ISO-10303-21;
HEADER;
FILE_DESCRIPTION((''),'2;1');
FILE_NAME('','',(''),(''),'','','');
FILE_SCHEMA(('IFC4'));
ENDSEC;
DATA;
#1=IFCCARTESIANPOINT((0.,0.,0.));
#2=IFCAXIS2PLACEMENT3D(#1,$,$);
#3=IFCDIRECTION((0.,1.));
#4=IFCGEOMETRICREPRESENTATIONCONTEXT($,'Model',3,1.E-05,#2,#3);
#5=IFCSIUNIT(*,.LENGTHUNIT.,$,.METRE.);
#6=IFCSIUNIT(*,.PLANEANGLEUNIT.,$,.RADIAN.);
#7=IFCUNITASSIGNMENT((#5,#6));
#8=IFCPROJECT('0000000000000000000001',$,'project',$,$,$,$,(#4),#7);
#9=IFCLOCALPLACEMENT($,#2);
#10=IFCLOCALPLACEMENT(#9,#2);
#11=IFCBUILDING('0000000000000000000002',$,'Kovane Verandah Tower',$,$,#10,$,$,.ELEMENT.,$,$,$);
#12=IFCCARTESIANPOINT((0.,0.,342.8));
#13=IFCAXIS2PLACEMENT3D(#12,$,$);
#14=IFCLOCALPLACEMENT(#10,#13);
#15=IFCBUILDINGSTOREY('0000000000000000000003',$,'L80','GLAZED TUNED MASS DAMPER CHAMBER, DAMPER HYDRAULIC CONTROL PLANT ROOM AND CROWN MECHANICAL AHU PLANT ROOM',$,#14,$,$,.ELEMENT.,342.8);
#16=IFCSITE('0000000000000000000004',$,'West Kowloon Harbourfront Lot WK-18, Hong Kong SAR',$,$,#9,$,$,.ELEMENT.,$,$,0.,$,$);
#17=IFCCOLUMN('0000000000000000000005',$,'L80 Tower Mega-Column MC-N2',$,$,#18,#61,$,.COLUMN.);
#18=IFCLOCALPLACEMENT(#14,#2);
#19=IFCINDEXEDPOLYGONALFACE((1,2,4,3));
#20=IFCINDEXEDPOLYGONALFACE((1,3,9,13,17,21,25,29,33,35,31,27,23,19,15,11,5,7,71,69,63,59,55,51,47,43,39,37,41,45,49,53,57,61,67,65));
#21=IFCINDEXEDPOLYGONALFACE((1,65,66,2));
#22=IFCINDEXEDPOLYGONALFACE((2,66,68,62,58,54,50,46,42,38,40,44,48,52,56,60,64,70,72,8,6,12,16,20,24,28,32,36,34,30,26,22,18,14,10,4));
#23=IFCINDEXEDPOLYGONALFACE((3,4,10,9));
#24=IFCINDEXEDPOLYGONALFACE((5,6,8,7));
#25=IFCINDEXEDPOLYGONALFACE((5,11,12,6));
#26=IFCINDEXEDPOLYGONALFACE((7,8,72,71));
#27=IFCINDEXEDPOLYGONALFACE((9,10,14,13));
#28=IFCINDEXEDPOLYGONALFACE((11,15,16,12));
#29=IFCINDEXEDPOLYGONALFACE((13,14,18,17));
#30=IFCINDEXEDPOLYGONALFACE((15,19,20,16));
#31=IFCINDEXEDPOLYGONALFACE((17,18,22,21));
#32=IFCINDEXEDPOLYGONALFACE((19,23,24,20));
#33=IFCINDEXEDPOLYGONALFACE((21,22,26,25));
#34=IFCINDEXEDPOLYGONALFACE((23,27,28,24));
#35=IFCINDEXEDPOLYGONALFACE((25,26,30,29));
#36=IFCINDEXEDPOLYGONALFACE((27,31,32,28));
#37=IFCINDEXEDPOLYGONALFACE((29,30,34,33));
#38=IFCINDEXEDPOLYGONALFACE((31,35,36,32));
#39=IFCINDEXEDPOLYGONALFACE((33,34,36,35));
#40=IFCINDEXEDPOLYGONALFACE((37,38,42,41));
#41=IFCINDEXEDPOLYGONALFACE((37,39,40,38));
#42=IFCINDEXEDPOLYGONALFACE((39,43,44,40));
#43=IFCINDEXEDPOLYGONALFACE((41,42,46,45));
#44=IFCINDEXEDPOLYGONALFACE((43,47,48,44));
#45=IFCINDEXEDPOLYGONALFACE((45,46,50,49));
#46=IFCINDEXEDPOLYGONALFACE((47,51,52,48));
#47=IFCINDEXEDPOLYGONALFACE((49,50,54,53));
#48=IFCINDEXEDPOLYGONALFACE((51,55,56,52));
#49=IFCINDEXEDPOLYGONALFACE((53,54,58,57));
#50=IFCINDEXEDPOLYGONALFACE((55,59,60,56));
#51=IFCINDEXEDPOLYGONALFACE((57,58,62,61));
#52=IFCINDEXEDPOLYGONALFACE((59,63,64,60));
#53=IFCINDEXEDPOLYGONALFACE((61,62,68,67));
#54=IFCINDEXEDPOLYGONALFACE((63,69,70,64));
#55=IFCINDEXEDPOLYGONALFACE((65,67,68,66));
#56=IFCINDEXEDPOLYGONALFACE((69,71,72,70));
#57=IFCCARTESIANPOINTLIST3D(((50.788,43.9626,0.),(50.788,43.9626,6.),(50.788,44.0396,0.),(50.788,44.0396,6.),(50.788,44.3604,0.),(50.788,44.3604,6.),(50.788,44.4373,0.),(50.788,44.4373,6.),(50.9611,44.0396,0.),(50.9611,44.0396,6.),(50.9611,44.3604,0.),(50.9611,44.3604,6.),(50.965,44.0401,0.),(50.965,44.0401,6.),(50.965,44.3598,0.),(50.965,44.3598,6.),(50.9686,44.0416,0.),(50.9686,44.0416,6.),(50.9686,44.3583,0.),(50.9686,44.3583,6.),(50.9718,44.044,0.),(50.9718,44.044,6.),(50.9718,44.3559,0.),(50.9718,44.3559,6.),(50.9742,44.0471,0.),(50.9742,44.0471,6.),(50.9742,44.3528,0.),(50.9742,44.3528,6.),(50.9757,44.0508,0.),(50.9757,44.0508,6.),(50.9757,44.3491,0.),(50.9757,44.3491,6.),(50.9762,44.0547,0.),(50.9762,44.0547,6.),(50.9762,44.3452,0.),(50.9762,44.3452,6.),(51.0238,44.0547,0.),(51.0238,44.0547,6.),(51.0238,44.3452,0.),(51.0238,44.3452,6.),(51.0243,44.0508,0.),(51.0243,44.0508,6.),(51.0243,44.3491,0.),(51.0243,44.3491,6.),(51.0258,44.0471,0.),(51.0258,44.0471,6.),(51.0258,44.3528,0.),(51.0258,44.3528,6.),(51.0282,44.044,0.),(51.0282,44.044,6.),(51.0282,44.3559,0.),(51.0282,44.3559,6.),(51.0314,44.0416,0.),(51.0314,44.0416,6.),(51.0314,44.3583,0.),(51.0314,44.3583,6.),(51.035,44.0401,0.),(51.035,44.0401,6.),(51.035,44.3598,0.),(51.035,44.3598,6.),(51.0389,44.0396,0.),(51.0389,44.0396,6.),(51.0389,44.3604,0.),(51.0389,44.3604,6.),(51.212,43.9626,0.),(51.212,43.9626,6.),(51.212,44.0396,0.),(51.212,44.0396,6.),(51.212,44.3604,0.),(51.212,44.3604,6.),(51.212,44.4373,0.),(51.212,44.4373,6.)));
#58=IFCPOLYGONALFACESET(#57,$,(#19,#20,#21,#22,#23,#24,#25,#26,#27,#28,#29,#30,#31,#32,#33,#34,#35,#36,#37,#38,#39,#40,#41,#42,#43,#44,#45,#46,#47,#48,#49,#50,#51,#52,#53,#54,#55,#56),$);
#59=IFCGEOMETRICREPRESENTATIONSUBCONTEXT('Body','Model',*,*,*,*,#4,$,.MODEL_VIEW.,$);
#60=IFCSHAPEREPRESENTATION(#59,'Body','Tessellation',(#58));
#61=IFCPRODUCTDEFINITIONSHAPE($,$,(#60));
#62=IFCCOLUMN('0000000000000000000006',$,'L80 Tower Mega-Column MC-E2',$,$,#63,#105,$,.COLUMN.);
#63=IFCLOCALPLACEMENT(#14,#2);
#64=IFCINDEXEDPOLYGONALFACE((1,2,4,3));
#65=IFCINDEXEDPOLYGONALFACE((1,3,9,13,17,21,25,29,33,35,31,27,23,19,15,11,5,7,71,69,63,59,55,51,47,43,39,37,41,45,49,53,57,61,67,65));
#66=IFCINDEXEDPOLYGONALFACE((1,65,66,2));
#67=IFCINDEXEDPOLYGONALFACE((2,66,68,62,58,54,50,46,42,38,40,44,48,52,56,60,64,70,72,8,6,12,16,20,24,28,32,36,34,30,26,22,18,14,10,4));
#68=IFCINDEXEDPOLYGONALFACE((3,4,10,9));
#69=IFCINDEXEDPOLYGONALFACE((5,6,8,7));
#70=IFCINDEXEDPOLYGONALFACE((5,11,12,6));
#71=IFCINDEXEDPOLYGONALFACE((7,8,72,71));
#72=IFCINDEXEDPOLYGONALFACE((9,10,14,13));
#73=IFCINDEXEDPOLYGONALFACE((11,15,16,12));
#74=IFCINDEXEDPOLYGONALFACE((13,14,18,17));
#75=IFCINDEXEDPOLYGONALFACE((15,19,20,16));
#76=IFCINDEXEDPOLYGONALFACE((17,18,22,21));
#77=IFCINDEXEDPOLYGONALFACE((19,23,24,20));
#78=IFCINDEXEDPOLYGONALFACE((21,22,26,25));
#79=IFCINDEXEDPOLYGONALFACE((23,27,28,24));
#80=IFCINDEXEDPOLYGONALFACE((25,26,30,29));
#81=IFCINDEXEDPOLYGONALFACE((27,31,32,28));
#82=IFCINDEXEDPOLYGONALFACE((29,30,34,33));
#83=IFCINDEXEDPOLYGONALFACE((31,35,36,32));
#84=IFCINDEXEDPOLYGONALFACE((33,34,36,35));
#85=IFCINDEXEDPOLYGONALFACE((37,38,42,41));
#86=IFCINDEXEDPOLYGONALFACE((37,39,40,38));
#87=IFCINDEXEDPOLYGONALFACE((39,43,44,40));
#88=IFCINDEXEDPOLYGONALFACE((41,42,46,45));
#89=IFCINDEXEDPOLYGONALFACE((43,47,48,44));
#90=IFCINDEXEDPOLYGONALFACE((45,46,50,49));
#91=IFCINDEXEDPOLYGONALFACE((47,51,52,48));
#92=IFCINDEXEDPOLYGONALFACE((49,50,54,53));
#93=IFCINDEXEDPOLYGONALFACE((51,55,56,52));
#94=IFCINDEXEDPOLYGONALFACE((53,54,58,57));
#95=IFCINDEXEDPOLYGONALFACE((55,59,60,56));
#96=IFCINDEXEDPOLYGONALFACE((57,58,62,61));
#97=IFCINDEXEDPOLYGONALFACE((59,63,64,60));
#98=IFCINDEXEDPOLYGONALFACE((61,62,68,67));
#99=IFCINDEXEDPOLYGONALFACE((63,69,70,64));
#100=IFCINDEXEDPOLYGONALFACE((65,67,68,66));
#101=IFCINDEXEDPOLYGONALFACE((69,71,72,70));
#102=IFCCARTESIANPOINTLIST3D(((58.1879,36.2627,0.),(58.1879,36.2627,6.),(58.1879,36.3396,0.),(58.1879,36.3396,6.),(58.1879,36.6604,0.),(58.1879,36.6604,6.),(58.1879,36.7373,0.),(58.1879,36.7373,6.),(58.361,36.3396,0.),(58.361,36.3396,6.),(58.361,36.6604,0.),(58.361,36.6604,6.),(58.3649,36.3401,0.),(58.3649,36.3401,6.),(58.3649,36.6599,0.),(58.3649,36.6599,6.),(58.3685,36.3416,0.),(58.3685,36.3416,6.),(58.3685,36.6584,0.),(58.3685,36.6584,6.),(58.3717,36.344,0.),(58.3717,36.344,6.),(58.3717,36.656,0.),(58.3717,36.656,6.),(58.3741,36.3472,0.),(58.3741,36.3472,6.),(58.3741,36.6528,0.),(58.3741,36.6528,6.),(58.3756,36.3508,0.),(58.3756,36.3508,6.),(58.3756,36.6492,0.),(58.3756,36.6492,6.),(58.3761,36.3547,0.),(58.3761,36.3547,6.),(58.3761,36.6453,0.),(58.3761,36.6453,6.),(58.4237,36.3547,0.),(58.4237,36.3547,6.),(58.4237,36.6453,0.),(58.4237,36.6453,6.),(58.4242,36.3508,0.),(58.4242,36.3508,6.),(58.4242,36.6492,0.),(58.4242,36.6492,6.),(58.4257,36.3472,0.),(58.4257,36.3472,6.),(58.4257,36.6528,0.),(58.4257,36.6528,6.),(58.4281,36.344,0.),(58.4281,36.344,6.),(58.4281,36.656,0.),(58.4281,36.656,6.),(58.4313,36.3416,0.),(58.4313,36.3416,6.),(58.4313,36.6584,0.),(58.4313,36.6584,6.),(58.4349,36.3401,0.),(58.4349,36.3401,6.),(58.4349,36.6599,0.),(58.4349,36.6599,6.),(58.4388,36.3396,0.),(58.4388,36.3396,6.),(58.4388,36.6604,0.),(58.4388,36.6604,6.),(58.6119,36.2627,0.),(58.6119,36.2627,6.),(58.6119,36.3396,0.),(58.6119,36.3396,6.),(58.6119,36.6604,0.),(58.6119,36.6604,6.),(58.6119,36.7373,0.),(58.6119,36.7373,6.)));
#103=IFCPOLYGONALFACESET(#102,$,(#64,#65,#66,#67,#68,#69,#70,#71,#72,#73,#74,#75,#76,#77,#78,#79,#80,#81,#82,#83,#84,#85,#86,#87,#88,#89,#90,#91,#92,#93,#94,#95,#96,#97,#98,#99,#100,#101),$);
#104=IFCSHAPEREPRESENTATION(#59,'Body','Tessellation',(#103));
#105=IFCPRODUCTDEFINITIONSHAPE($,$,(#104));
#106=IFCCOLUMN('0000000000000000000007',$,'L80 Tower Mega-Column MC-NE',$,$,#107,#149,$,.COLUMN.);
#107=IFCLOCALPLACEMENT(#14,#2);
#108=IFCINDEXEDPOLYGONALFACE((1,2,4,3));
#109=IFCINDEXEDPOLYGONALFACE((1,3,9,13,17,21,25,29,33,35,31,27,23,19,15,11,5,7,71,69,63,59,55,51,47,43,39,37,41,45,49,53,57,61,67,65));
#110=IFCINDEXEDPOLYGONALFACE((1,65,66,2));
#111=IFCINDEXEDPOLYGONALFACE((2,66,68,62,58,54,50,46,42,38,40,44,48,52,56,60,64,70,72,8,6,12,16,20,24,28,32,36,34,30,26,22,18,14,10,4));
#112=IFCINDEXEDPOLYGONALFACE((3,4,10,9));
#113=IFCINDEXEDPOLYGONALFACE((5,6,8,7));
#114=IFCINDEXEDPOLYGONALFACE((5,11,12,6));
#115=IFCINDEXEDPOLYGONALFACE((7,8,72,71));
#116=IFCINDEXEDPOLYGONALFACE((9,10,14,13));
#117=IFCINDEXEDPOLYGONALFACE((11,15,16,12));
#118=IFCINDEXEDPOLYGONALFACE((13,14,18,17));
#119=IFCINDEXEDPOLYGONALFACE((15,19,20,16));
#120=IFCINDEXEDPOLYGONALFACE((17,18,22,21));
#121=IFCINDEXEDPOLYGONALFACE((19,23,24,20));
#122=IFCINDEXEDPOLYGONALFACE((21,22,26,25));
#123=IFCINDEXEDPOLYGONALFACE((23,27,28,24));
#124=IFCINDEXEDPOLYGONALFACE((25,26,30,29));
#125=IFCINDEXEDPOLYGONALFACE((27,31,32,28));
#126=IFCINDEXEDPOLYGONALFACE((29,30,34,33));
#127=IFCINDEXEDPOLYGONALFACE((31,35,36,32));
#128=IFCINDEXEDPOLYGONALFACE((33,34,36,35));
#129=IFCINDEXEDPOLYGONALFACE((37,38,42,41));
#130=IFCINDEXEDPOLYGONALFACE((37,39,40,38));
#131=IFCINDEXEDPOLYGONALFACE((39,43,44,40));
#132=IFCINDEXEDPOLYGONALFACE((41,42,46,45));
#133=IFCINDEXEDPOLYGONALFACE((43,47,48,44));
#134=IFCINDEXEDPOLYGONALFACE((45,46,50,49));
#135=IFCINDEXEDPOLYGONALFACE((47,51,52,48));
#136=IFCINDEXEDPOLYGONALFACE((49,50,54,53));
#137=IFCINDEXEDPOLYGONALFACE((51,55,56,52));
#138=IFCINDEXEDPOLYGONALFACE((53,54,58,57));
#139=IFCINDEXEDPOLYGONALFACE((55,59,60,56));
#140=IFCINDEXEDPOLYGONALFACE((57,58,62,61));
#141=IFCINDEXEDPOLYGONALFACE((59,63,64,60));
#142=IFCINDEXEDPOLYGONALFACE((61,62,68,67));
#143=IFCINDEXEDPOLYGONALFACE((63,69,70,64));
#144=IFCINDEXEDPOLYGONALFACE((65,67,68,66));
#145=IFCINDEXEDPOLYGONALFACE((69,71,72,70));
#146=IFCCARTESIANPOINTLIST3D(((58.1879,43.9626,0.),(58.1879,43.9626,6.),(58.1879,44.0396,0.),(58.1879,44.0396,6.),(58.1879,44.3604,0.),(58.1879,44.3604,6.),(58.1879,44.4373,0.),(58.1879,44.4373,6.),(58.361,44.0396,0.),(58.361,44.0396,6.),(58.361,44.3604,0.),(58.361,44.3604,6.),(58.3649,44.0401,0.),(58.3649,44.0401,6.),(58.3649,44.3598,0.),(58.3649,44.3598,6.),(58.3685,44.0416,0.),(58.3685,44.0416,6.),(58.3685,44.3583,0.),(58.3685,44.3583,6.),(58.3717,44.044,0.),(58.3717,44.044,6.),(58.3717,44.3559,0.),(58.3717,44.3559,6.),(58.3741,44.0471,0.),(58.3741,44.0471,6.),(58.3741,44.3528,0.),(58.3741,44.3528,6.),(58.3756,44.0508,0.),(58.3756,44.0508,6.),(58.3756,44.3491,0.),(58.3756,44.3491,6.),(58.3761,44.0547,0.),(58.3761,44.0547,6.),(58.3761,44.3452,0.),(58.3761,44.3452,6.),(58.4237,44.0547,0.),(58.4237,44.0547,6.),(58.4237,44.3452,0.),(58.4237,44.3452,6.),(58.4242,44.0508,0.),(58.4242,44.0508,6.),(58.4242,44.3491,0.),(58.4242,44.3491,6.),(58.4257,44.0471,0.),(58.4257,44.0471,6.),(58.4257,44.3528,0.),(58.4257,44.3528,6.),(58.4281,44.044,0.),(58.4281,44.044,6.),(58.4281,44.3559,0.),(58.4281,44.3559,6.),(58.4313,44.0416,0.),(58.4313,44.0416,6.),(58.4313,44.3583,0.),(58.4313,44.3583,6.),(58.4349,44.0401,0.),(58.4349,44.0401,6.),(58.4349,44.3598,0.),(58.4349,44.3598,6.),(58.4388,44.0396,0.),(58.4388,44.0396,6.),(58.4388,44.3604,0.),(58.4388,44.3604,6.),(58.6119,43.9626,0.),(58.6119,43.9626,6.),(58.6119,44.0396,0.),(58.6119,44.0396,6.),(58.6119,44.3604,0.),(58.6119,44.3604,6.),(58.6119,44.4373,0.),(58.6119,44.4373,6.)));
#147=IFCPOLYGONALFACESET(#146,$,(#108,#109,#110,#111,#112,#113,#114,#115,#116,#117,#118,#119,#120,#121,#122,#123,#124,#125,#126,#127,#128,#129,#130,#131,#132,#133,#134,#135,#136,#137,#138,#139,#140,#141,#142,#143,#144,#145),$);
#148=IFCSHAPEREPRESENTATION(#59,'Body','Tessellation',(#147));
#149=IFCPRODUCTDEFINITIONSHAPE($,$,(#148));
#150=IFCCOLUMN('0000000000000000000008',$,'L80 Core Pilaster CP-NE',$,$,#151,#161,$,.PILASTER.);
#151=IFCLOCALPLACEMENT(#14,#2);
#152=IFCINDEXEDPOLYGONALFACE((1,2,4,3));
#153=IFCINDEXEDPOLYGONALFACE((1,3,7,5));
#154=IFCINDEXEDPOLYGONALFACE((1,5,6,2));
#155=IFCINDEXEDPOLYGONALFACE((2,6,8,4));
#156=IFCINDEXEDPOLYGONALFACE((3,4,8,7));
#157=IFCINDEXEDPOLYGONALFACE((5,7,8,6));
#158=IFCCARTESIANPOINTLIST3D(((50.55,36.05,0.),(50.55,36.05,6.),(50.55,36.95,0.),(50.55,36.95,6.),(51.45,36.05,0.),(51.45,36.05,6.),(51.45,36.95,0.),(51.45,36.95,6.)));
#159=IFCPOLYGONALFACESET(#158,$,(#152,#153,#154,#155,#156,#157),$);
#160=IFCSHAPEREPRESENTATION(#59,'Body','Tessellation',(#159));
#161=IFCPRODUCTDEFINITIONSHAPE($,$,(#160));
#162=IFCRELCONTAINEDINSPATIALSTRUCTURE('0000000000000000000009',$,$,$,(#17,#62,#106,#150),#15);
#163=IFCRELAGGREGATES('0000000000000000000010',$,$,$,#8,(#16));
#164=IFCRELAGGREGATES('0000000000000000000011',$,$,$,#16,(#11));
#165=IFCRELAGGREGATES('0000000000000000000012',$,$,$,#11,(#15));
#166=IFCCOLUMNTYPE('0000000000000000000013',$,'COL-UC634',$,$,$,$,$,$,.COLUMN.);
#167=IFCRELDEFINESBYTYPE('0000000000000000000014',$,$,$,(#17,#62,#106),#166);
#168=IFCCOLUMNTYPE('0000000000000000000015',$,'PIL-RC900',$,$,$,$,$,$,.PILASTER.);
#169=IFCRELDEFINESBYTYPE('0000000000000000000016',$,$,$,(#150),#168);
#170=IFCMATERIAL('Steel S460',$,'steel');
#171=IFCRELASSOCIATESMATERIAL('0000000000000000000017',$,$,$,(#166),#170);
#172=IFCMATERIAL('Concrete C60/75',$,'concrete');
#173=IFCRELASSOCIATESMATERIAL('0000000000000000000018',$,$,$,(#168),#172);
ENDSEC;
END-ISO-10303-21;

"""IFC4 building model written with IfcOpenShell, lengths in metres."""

from ifc_helpers import new_model, si_unit, direction, frame, origin, origin_2d, place, context, subcontext, project, spatial, rectangle, i_section, extrude, material, material_profile, profile_set, type_object, element, save


model = new_model("IFC4")

# Units and contexts
model_context = context("Model", 3, precision=1e-05, world=origin(), true_north=direction((0.0, 1.0)))
body_context = subcontext(model_context, "Body", "Model", "MODEL_VIEW")
ifc_project = project(units=[si_unit("LENGTHUNIT", "METRE"), si_unit("PLANEANGLEUNIT", "RADIAN")], contexts=[model_context])

# Site, building, storey
site_placement = place(None, origin())
site = spatial("IfcSite", under=ifc_project, at=site_placement, Name="West Kowloon Harbourfront Lot WK-18, Hong Kong SAR", CompositionType="ELEMENT", RefElevation=0.0)
building_placement = place(site_placement, origin())
building = spatial("IfcBuilding", under=site, at=building_placement, Name="Kovane Verandah Tower", CompositionType="ELEMENT")
storey_placement = place(building_placement, frame((0.0, 0.0, 342.8)))
storey = spatial("IfcBuildingStorey", under=building, at=storey_placement, Name="L80", Description="GLAZED TUNED MASS DAMPER CHAMBER, DAMPER HYDRAULIC CONTROL PLANT ROOM AND CROWN MECHANICAL AHU PLANT ROOM", CompositionType="ELEMENT", Elevation=342.8)

# Columns
ifc_material_1 = material(Name="Steel S460", Category="steel")
ifc_material_profile_1 = material_profile(ifc_material_1, i_section(OverallWidth=0.4241, OverallDepth=0.4746, WebThickness=0.0476, FlangeThickness=0.0769, FilletRadius=0.0151, at=origin_2d()), Name="UC356x406x634")
ifc_profile_set_1 = profile_set([ifc_material_profile_1], Name="Steel S460")
column_type_1 = type_object("IfcColumnType", Name="COL-UC634", PredefinedType="COLUMN", material=ifc_profile_set_1)
for number, where, z_axis, x_axis, name in (
    (1, (51.0, 44.2, 0.0), (0.0, 0.0, 1.0), (1.0, 0.0, 0.0), "L80 Tower Mega-Column MC-N2"),
    (2, (58.3999, 36.5, 0.0), (0.0, 0.0, 1.0), (1.0, 0.0, 0.0), "L80 Tower Mega-Column MC-E2"),
    (3, (58.3999, 44.2, 0.0), (0.0, 0.0, 1.0), (1.0, 0.0, 0.0), "L80 Tower Mega-Column MC-NE"),
):
    element("IfcColumn", number, at=place(storey_placement, frame(where, z_axis=z_axis, x_axis=x_axis)), inside=storey, type_object=column_type_1, Name=name, PredefinedType="COLUMN", context=body_context, shape_type="SweptSolid", body=[
        extrude(i_section(OverallWidth=0.4241, OverallDepth=0.4746, WebThickness=0.0476, FlangeThickness=0.0769, FilletRadius=0.0151, at=origin_2d()), origin(), (0.0, 0.0, 1.0), 6.0),
    ])
ifc_material_2 = material(Name="Concrete C60/75", Category="concrete")
ifc_material_profile_2 = material_profile(ifc_material_2, rectangle(XDim=0.8999, YDim=0.8999, at=origin_2d()), Name="RC900x900")
ifc_profile_set_2 = profile_set([ifc_material_profile_2], Name="Concrete C60/75")
column_type_2 = type_object("IfcColumnType", Name="PIL-RC900", PredefinedType="PILASTER", material=ifc_profile_set_2)
column_placement = place(storey_placement, frame((51.0, 36.5, 0.0), z_axis=(0.0, 0.0, 1.0), x_axis=(1.0, 0.0, 0.0)))
element("IfcColumn", 4, at=column_placement, inside=storey, type_object=column_type_2, Name="L80 Core Pilaster CP-NE", PredefinedType="PILASTER", context=body_context, shape_type="SweptSolid", body=[
    extrude(rectangle(XDim=0.8999, YDim=0.8999, at=origin_2d()), origin(), (0.0, 0.0, 1.0), 6.0),
])

save(model, "model.ifc")
